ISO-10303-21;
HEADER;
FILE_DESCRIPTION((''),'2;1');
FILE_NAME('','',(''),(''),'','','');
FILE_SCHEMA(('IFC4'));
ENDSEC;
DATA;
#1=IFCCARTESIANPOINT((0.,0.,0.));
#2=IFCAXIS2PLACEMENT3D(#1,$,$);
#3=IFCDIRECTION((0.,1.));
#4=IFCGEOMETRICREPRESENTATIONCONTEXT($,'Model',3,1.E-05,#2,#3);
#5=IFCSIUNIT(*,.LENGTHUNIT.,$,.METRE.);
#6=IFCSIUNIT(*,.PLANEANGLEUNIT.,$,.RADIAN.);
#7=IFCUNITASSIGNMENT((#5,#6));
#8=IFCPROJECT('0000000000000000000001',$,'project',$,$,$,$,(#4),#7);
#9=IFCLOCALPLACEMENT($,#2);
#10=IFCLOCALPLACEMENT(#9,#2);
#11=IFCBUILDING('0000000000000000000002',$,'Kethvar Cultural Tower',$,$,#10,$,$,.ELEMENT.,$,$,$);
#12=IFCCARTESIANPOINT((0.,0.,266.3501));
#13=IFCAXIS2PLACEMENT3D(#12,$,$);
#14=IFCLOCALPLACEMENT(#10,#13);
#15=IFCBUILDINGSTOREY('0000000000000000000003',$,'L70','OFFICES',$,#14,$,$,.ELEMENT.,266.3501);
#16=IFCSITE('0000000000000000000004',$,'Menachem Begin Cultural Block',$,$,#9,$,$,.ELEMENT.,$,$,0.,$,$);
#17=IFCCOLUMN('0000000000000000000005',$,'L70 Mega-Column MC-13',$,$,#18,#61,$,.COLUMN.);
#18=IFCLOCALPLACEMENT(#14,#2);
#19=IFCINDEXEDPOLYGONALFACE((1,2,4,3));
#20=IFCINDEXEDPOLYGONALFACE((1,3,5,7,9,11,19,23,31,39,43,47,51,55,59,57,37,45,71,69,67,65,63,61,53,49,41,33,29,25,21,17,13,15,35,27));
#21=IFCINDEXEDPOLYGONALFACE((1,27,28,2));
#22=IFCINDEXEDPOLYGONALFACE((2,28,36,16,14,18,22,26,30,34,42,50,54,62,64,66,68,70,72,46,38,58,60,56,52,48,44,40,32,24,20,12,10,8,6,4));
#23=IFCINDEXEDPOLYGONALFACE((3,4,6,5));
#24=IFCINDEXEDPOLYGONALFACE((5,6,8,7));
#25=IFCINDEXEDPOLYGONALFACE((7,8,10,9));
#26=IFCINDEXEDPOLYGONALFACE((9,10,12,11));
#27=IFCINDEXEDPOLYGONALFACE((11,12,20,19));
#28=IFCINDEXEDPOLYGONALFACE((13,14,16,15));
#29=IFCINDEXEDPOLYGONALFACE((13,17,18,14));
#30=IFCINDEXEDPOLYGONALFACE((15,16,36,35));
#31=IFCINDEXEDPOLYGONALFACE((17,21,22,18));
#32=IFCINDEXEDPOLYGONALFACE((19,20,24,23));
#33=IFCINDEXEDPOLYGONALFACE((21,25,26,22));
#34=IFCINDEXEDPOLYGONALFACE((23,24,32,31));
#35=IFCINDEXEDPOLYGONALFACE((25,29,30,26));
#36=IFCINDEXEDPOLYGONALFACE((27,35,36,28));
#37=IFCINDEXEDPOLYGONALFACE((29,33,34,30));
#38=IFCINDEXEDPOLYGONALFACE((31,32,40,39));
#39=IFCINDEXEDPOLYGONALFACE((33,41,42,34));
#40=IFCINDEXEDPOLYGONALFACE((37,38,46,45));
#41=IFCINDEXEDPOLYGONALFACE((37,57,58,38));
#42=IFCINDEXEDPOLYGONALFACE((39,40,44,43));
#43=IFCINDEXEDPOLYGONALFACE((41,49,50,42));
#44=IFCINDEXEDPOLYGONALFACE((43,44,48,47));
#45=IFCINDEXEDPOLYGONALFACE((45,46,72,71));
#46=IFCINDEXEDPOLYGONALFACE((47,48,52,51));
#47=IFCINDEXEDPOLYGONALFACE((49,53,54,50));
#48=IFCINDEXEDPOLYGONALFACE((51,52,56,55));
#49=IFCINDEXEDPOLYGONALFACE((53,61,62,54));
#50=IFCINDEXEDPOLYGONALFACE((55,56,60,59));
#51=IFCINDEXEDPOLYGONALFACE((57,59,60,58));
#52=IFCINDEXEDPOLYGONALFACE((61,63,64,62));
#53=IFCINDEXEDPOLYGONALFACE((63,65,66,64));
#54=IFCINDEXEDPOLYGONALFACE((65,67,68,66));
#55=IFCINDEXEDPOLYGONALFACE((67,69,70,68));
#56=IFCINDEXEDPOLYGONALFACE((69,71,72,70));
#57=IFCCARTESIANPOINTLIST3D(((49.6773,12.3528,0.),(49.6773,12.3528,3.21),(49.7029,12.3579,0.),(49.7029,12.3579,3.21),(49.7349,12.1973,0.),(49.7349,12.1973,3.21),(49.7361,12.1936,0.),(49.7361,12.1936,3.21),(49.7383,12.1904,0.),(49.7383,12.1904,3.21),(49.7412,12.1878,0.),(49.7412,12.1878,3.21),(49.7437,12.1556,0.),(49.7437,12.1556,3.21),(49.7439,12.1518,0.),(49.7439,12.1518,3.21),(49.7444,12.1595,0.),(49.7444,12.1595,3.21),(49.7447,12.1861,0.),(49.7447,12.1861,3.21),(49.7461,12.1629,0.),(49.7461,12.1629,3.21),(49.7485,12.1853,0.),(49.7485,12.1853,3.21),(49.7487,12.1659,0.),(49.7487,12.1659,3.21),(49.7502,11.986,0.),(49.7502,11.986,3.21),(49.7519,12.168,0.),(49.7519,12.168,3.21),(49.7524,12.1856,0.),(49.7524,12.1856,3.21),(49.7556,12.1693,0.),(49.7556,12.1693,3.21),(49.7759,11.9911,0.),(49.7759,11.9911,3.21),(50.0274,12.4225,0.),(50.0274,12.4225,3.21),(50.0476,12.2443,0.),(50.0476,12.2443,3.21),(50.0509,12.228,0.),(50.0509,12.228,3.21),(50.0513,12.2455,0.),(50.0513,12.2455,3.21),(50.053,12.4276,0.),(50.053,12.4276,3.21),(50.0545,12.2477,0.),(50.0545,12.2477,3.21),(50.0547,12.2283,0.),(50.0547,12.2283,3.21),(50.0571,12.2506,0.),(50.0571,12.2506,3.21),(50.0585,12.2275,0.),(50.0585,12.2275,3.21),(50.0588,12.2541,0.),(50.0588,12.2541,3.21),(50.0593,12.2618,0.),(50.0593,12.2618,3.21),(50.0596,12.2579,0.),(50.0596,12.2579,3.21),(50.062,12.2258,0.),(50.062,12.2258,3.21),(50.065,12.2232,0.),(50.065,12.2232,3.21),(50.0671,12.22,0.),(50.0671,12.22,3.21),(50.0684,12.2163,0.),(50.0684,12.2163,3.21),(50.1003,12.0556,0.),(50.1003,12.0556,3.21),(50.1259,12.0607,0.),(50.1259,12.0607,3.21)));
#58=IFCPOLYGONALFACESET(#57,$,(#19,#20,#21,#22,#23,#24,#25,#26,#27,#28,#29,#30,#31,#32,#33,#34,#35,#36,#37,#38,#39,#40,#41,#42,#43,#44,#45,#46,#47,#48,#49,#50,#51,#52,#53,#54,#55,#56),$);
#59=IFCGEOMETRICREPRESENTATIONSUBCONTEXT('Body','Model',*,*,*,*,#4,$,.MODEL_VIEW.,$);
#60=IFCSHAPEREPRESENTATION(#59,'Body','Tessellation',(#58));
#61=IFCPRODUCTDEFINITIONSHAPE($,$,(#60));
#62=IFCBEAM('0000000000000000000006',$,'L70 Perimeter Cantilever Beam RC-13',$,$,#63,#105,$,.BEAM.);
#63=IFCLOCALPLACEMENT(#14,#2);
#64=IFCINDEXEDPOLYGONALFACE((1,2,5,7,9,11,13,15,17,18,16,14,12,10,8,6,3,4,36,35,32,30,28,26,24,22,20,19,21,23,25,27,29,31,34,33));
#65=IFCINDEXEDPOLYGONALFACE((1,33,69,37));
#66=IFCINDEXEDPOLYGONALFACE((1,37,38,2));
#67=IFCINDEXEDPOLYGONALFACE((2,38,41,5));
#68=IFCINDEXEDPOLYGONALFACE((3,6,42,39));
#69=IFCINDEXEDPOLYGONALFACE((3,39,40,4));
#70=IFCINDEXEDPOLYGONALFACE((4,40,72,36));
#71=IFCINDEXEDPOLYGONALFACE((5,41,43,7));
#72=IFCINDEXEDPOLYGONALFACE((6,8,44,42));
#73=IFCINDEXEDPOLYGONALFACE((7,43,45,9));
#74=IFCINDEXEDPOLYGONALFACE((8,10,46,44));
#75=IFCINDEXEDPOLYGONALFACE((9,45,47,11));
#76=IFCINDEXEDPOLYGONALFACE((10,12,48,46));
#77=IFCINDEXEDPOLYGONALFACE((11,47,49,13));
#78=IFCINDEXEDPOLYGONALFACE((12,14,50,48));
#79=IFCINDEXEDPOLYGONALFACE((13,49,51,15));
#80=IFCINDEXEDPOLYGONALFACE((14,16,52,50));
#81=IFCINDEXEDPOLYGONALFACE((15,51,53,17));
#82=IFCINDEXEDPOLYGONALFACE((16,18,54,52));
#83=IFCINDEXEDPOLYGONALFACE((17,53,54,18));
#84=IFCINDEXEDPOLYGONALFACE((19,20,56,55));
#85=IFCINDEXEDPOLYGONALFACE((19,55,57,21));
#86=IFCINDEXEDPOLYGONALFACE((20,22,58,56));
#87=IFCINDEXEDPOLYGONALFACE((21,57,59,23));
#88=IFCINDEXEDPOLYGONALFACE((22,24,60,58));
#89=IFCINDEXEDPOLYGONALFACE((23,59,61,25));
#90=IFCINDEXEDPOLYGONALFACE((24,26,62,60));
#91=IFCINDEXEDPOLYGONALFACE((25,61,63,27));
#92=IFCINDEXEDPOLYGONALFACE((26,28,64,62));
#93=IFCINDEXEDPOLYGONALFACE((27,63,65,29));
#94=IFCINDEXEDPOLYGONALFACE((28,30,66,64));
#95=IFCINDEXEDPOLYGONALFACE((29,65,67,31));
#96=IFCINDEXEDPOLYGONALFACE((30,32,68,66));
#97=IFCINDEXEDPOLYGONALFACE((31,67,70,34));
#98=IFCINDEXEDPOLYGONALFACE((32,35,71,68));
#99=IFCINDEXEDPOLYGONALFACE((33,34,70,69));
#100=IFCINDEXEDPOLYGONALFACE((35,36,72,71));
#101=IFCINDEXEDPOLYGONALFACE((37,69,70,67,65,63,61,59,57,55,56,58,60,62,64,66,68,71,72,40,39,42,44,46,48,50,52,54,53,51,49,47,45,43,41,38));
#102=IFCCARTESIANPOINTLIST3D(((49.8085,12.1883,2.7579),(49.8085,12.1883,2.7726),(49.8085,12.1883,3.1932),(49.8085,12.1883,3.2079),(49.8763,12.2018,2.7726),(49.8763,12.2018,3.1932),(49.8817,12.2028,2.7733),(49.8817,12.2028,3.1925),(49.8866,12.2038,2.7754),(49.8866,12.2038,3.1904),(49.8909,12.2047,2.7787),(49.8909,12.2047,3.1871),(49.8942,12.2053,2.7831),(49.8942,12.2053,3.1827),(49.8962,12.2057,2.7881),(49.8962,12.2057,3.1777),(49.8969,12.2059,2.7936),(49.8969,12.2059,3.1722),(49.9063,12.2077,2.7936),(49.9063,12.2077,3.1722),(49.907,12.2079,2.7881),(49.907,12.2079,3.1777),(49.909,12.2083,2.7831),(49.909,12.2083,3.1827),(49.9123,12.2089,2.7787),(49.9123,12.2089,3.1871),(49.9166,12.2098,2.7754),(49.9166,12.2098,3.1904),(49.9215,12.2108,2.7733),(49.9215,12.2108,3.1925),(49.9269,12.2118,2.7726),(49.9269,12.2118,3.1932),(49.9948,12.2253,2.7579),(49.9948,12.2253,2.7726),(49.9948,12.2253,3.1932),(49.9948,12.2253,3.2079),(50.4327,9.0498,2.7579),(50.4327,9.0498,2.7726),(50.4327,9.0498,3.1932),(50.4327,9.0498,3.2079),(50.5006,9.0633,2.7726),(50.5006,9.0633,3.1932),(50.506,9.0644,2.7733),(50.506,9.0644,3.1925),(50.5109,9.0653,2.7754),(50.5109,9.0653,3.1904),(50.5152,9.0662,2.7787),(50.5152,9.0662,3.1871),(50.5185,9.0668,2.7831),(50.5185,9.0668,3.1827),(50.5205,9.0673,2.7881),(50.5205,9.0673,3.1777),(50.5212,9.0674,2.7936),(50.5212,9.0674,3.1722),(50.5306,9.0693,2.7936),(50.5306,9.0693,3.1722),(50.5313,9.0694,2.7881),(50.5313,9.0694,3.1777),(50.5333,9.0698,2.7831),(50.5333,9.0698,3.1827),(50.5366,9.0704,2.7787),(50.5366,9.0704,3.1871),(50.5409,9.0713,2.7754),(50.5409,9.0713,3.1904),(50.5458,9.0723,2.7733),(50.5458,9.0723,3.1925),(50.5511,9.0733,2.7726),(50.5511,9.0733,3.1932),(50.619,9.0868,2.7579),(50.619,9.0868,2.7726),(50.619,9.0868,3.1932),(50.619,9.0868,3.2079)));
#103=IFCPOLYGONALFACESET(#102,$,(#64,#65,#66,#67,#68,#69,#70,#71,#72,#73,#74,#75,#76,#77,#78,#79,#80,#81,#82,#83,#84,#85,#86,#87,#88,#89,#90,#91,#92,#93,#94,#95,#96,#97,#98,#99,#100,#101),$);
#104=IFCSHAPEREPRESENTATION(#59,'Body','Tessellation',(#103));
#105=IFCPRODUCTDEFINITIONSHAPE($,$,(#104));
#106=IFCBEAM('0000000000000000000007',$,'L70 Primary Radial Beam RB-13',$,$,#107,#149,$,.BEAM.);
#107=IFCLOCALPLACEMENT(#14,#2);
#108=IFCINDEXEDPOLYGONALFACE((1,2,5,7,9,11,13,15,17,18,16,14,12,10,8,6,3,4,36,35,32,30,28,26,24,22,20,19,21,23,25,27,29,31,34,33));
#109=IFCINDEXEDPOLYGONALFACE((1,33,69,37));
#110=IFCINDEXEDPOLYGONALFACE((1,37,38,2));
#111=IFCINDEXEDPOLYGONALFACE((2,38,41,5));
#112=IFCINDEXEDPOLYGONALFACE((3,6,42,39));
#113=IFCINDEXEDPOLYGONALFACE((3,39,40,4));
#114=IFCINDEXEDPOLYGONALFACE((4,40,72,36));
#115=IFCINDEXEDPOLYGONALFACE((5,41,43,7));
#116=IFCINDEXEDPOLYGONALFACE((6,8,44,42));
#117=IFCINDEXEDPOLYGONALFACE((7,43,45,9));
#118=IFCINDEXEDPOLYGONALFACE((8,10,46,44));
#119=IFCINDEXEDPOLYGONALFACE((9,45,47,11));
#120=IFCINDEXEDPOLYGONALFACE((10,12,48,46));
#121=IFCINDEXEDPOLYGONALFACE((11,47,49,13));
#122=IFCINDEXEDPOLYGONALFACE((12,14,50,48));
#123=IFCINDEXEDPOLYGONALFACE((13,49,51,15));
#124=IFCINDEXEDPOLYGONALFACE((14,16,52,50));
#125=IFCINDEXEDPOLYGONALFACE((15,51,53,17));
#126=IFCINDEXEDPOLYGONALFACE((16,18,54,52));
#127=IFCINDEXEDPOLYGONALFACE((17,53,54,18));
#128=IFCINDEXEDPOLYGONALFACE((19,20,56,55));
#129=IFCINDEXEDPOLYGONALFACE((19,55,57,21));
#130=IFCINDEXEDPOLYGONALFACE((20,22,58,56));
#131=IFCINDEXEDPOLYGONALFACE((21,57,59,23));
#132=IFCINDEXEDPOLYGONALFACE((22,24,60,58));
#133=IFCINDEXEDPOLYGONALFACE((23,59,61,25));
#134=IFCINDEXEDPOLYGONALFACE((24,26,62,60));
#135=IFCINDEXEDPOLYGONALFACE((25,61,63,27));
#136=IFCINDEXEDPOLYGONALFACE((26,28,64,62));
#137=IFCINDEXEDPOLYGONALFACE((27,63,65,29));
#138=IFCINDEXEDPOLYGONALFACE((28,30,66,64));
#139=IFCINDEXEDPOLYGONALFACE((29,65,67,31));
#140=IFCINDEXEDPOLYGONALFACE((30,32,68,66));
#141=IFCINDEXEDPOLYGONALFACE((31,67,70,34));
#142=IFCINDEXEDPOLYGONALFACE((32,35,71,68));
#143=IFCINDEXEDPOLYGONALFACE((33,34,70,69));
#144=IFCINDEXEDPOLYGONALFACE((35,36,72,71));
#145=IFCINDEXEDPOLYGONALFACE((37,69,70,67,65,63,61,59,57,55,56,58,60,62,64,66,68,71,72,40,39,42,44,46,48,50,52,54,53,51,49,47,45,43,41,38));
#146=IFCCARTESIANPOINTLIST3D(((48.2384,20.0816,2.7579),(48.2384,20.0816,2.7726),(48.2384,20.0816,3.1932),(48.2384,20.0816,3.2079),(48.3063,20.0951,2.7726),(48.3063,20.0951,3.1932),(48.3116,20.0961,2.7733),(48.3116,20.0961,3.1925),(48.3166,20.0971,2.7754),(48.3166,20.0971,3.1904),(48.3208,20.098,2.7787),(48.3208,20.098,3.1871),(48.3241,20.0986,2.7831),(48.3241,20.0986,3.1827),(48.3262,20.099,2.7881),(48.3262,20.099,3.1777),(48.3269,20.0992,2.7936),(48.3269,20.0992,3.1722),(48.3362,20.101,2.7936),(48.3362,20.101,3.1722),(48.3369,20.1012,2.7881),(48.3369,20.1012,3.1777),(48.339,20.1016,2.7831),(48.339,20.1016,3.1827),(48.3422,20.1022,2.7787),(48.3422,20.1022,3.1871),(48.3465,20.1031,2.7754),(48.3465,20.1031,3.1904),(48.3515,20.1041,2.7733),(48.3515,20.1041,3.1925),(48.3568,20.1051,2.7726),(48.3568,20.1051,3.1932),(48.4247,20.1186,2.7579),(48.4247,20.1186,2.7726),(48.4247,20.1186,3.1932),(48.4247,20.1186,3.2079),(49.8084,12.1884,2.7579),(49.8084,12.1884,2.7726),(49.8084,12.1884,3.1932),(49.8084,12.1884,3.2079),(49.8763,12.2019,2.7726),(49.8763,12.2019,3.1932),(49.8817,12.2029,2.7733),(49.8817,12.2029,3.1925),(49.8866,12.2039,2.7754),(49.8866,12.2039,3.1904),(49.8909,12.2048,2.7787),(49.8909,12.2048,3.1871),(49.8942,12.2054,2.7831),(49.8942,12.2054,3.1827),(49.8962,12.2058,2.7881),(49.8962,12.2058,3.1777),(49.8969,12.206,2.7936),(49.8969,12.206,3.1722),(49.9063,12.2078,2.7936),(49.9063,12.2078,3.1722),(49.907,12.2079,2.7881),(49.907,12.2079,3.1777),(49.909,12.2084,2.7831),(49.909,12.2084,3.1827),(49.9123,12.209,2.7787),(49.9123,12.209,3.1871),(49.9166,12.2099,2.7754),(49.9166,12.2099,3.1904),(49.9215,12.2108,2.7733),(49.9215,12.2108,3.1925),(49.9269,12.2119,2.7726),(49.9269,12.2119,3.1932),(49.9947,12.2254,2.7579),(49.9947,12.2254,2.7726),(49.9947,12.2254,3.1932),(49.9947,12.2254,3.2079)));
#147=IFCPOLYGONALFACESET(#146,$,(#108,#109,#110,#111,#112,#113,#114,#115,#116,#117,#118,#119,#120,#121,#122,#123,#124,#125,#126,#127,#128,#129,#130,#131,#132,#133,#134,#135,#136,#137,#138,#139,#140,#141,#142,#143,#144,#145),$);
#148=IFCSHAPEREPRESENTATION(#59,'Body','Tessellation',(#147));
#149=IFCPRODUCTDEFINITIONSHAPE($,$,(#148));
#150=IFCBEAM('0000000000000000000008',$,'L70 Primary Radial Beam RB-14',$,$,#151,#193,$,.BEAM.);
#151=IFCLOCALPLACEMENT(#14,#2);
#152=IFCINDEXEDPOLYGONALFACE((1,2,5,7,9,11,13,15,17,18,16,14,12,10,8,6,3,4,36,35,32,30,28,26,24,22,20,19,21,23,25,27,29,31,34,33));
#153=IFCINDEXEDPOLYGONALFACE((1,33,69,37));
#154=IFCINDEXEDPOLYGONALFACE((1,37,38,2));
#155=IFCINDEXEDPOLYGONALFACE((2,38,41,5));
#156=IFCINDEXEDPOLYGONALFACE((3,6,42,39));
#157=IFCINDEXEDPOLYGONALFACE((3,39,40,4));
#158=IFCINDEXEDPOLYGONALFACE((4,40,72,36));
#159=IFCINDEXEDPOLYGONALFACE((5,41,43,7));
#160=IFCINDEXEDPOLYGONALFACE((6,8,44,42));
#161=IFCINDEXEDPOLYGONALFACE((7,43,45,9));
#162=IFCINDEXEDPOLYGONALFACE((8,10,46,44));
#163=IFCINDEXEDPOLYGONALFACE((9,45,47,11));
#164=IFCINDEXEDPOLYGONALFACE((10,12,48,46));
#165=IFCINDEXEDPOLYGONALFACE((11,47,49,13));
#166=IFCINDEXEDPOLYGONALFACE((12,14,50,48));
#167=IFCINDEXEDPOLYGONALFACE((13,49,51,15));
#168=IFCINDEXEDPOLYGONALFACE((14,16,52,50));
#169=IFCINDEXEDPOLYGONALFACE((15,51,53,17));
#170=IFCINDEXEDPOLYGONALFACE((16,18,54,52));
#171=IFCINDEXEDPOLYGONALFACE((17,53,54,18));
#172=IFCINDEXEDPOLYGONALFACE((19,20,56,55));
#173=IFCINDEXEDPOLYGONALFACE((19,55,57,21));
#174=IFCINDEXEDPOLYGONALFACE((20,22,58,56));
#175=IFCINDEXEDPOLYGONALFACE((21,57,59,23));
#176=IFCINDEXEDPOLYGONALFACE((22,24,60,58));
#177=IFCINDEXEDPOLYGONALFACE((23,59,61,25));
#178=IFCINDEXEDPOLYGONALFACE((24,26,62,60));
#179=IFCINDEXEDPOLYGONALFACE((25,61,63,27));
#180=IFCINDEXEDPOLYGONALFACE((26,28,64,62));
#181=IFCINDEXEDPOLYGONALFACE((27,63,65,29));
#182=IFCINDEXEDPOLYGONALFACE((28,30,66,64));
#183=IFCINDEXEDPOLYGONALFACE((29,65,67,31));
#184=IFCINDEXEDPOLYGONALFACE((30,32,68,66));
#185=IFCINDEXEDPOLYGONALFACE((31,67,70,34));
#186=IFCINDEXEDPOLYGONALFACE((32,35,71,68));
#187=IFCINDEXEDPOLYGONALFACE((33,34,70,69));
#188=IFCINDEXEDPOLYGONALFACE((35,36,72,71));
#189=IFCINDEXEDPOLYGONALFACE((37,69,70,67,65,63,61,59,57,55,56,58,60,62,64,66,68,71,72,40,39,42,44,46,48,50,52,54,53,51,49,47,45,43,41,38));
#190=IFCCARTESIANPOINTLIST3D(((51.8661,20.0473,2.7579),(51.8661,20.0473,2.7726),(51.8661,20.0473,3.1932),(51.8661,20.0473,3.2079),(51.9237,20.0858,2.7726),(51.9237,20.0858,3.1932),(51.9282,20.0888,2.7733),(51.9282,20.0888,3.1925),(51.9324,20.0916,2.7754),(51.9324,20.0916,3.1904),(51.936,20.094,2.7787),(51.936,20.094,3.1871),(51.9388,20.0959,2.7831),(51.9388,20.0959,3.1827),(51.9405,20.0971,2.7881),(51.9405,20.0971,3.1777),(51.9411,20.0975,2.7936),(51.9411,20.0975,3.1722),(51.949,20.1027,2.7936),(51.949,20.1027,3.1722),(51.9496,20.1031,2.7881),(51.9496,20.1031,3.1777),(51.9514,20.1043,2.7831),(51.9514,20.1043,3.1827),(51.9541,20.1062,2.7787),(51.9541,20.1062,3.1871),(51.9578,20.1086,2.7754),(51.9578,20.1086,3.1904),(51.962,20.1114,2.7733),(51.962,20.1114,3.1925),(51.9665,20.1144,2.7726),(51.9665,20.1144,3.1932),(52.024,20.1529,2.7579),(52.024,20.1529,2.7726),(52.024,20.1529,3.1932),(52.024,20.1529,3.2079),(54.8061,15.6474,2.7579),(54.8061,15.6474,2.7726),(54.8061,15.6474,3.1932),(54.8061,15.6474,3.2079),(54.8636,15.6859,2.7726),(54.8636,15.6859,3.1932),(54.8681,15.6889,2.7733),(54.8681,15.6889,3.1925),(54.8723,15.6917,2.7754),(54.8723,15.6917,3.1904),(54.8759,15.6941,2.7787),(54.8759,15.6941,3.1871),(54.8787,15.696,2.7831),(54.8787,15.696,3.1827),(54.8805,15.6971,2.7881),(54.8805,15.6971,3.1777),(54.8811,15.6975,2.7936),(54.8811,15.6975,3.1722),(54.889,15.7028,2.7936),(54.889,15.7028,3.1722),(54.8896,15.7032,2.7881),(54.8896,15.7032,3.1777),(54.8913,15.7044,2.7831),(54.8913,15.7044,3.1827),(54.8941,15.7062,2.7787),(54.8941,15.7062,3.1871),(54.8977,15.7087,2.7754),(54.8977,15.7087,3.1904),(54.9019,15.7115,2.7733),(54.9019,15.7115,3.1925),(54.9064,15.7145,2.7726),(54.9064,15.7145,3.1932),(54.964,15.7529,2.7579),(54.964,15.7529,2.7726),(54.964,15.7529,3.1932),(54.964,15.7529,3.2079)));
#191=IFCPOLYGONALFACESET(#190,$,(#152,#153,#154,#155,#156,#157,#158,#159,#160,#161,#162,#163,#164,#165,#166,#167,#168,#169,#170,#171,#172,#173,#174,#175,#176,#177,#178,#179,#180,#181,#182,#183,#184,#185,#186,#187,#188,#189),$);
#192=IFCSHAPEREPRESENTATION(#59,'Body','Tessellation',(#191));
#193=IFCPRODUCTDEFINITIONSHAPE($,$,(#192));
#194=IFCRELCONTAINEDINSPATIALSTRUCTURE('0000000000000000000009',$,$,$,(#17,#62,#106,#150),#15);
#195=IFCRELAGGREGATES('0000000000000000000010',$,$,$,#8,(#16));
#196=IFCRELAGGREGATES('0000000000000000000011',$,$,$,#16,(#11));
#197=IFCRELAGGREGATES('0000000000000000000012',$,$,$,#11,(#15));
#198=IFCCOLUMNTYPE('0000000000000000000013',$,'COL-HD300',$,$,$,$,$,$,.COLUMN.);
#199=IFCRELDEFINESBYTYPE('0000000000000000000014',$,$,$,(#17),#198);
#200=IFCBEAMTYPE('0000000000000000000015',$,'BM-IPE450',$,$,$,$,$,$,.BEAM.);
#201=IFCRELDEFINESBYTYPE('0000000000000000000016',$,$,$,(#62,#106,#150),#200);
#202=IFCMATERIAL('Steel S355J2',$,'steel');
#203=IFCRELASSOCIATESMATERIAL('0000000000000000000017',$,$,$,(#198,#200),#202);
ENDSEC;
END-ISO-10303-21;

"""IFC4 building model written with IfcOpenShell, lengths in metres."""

from ifc_helpers import new_model, si_unit, direction, frame, origin, origin_2d, place, context, subcontext, project, spatial, i_section, extrude, source, transform, mapped, material, material_profile, profile_set, type_object, element, save


model = new_model("IFC4")

# Units and contexts
model_context = context("Model", 3, precision=1e-05, world=origin(), true_north=direction((0.0, 1.0)))
body_context = subcontext(model_context, "Body", "Model", "MODEL_VIEW")
ifc_project = project(units=[si_unit("LENGTHUNIT", "METRE"), si_unit("PLANEANGLEUNIT", "RADIAN")], contexts=[model_context])

# Site, building, storey
site_placement = place(None, origin())
site = spatial("IfcSite", under=ifc_project, at=site_placement, Name="Menachem Begin Cultural Block", CompositionType="ELEMENT", RefElevation=0.0)
building_placement = place(site_placement, origin())
building = spatial("IfcBuilding", under=site, at=building_placement, Name="Kethvar Cultural Tower", CompositionType="ELEMENT")
storey_placement = place(building_placement, frame((0.0, 0.0, 266.3501)))
storey = spatial("IfcBuildingStorey", under=building, at=storey_placement, Name="L70", Description="OFFICES", CompositionType="ELEMENT", Elevation=266.3501)

# Column
ifc_material_1 = material(Name="Steel S355J2", Category="steel")
ifc_material_profile_1 = material_profile(ifc_material_1, i_section(OverallWidth=0.374, OverallDepth=0.3831, WebThickness=0.0166, FlangeThickness=0.0261, FilletRadius=0.0149, at=origin_2d()), Name="Steel S355J2 — HD360x300")
ifc_profile_set_1 = profile_set([ifc_material_profile_1], Name="Steel S355J2 — HD360x300")
column_type = type_object("IfcColumnType", Name="COL-HD300", PredefinedType="COLUMN", material=ifc_profile_set_1)
shared_shape_1 = source(origin(), body_context, "Body", "SweptSolid", [
    extrude(i_section(OverallWidth=0.374, OverallDepth=0.3831, WebThickness=0.0166, FlangeThickness=0.0261, FilletRadius=0.0149, at=origin_2d()), origin(), (0.0, 0.0, 1.0), 3.21),
])
column_placement = place(storey_placement, frame((49.9016, 12.2068, 0.0), z_axis=(0.0, 0.0, 1.0), x_axis=(0.19509, -0.980785, 0.0)))
element("IfcColumn", 1, at=column_placement, inside=storey, type_object=column_type, Name="L70 Mega-Column MC-13", PredefinedType="COLUMN", context=body_context, shape_type="MappedRepresentation", body=[
    mapped(shared_shape_1, transform((0.0, 0.0, 0.0), scale=1.0)),
])

# Beams
ifc_material_profile_2 = material_profile(ifc_material_1, i_section(OverallWidth=0.1899, OverallDepth=0.45, WebThickness=0.0095, FlangeThickness=0.0146, FilletRadius=0.021, at=origin_2d()), Name="Steel S355J2 — IPE450")
ifc_profile_set_2 = profile_set([ifc_material_profile_2], Name="Steel S355J2 — IPE450")
beam_type_1 = type_object("IfcBeamType", Name="BM-IPE450", PredefinedType="BEAM", material=ifc_profile_set_2)
shared_shape_2 = source(origin(), body_context, "Body", "SweptSolid", [
    extrude(i_section(OverallWidth=0.1899, OverallDepth=0.45, WebThickness=0.0095, FlangeThickness=0.0146, FilletRadius=0.021, at=origin_2d()), origin(), (0.0, 0.0, 1.0), 3.2),
])
beam_1_placement = place(storey_placement, frame((49.9016, 12.2068, 2.9829), z_axis=(0.195089, -0.980786, 0.0), x_axis=(0.980786, 0.195089, 0.0)))
element("IfcBeam", 2, at=beam_1_placement, inside=storey, type_object=beam_type_1, Name="L70 Perimeter Cantilever Beam RC-13", PredefinedType="BEAM", context=body_context, shape_type="MappedRepresentation", body=[
    mapped(shared_shape_2, transform((0.0, 0.0, 0.0), scale=1.0)),
])
shared_shape_3 = source(origin(), body_context, "Body", "SweptSolid", [
    extrude(i_section(OverallWidth=0.1899, OverallDepth=0.45, WebThickness=0.0095, FlangeThickness=0.0146, FilletRadius=0.021, at=origin_2d()), origin(), (0.0, 0.0, 1.0), 8.0479),
])
beam_2_placement = place(storey_placement, frame((48.3315, 20.1001, 2.9829), z_axis=(0.195089, -0.980785, 0.0), x_axis=(0.980785, 0.195089, 0.0)))
element("IfcBeam", 3, at=beam_2_placement, inside=storey, type_object=beam_type_1, Name="L70 Primary Radial Beam RB-13", PredefinedType="BEAM", context=body_context, shape_type="MappedRepresentation", body=[
    mapped(shared_shape_3, transform((0.0, 0.0, 0.0), scale=1.0)),
])
shared_shape_4 = source(origin(), body_context, "Body", "SweptSolid", [
    extrude(i_section(OverallWidth=0.1899, OverallDepth=0.45, WebThickness=0.0095, FlangeThickness=0.0146, FilletRadius=0.021, at=origin_2d()), origin(), (0.0, 0.0, 1.0), 5.2917),
])
beam_3_placement = place(storey_placement, frame((51.9451, 20.1001, 2.9829), z_axis=(0.555573, -0.831468, 0.0), x_axis=(0.831468, 0.555573, 0.0)))
element("IfcBeam", 4, at=beam_3_placement, inside=storey, type_object=beam_type_1, Name="L70 Primary Radial Beam RB-14", PredefinedType="BEAM", context=body_context, shape_type="MappedRepresentation", body=[
    mapped(shared_shape_4, transform((0.0, 0.0, 0.0), scale=1.0)),
])

save(model, "model.ifc")
